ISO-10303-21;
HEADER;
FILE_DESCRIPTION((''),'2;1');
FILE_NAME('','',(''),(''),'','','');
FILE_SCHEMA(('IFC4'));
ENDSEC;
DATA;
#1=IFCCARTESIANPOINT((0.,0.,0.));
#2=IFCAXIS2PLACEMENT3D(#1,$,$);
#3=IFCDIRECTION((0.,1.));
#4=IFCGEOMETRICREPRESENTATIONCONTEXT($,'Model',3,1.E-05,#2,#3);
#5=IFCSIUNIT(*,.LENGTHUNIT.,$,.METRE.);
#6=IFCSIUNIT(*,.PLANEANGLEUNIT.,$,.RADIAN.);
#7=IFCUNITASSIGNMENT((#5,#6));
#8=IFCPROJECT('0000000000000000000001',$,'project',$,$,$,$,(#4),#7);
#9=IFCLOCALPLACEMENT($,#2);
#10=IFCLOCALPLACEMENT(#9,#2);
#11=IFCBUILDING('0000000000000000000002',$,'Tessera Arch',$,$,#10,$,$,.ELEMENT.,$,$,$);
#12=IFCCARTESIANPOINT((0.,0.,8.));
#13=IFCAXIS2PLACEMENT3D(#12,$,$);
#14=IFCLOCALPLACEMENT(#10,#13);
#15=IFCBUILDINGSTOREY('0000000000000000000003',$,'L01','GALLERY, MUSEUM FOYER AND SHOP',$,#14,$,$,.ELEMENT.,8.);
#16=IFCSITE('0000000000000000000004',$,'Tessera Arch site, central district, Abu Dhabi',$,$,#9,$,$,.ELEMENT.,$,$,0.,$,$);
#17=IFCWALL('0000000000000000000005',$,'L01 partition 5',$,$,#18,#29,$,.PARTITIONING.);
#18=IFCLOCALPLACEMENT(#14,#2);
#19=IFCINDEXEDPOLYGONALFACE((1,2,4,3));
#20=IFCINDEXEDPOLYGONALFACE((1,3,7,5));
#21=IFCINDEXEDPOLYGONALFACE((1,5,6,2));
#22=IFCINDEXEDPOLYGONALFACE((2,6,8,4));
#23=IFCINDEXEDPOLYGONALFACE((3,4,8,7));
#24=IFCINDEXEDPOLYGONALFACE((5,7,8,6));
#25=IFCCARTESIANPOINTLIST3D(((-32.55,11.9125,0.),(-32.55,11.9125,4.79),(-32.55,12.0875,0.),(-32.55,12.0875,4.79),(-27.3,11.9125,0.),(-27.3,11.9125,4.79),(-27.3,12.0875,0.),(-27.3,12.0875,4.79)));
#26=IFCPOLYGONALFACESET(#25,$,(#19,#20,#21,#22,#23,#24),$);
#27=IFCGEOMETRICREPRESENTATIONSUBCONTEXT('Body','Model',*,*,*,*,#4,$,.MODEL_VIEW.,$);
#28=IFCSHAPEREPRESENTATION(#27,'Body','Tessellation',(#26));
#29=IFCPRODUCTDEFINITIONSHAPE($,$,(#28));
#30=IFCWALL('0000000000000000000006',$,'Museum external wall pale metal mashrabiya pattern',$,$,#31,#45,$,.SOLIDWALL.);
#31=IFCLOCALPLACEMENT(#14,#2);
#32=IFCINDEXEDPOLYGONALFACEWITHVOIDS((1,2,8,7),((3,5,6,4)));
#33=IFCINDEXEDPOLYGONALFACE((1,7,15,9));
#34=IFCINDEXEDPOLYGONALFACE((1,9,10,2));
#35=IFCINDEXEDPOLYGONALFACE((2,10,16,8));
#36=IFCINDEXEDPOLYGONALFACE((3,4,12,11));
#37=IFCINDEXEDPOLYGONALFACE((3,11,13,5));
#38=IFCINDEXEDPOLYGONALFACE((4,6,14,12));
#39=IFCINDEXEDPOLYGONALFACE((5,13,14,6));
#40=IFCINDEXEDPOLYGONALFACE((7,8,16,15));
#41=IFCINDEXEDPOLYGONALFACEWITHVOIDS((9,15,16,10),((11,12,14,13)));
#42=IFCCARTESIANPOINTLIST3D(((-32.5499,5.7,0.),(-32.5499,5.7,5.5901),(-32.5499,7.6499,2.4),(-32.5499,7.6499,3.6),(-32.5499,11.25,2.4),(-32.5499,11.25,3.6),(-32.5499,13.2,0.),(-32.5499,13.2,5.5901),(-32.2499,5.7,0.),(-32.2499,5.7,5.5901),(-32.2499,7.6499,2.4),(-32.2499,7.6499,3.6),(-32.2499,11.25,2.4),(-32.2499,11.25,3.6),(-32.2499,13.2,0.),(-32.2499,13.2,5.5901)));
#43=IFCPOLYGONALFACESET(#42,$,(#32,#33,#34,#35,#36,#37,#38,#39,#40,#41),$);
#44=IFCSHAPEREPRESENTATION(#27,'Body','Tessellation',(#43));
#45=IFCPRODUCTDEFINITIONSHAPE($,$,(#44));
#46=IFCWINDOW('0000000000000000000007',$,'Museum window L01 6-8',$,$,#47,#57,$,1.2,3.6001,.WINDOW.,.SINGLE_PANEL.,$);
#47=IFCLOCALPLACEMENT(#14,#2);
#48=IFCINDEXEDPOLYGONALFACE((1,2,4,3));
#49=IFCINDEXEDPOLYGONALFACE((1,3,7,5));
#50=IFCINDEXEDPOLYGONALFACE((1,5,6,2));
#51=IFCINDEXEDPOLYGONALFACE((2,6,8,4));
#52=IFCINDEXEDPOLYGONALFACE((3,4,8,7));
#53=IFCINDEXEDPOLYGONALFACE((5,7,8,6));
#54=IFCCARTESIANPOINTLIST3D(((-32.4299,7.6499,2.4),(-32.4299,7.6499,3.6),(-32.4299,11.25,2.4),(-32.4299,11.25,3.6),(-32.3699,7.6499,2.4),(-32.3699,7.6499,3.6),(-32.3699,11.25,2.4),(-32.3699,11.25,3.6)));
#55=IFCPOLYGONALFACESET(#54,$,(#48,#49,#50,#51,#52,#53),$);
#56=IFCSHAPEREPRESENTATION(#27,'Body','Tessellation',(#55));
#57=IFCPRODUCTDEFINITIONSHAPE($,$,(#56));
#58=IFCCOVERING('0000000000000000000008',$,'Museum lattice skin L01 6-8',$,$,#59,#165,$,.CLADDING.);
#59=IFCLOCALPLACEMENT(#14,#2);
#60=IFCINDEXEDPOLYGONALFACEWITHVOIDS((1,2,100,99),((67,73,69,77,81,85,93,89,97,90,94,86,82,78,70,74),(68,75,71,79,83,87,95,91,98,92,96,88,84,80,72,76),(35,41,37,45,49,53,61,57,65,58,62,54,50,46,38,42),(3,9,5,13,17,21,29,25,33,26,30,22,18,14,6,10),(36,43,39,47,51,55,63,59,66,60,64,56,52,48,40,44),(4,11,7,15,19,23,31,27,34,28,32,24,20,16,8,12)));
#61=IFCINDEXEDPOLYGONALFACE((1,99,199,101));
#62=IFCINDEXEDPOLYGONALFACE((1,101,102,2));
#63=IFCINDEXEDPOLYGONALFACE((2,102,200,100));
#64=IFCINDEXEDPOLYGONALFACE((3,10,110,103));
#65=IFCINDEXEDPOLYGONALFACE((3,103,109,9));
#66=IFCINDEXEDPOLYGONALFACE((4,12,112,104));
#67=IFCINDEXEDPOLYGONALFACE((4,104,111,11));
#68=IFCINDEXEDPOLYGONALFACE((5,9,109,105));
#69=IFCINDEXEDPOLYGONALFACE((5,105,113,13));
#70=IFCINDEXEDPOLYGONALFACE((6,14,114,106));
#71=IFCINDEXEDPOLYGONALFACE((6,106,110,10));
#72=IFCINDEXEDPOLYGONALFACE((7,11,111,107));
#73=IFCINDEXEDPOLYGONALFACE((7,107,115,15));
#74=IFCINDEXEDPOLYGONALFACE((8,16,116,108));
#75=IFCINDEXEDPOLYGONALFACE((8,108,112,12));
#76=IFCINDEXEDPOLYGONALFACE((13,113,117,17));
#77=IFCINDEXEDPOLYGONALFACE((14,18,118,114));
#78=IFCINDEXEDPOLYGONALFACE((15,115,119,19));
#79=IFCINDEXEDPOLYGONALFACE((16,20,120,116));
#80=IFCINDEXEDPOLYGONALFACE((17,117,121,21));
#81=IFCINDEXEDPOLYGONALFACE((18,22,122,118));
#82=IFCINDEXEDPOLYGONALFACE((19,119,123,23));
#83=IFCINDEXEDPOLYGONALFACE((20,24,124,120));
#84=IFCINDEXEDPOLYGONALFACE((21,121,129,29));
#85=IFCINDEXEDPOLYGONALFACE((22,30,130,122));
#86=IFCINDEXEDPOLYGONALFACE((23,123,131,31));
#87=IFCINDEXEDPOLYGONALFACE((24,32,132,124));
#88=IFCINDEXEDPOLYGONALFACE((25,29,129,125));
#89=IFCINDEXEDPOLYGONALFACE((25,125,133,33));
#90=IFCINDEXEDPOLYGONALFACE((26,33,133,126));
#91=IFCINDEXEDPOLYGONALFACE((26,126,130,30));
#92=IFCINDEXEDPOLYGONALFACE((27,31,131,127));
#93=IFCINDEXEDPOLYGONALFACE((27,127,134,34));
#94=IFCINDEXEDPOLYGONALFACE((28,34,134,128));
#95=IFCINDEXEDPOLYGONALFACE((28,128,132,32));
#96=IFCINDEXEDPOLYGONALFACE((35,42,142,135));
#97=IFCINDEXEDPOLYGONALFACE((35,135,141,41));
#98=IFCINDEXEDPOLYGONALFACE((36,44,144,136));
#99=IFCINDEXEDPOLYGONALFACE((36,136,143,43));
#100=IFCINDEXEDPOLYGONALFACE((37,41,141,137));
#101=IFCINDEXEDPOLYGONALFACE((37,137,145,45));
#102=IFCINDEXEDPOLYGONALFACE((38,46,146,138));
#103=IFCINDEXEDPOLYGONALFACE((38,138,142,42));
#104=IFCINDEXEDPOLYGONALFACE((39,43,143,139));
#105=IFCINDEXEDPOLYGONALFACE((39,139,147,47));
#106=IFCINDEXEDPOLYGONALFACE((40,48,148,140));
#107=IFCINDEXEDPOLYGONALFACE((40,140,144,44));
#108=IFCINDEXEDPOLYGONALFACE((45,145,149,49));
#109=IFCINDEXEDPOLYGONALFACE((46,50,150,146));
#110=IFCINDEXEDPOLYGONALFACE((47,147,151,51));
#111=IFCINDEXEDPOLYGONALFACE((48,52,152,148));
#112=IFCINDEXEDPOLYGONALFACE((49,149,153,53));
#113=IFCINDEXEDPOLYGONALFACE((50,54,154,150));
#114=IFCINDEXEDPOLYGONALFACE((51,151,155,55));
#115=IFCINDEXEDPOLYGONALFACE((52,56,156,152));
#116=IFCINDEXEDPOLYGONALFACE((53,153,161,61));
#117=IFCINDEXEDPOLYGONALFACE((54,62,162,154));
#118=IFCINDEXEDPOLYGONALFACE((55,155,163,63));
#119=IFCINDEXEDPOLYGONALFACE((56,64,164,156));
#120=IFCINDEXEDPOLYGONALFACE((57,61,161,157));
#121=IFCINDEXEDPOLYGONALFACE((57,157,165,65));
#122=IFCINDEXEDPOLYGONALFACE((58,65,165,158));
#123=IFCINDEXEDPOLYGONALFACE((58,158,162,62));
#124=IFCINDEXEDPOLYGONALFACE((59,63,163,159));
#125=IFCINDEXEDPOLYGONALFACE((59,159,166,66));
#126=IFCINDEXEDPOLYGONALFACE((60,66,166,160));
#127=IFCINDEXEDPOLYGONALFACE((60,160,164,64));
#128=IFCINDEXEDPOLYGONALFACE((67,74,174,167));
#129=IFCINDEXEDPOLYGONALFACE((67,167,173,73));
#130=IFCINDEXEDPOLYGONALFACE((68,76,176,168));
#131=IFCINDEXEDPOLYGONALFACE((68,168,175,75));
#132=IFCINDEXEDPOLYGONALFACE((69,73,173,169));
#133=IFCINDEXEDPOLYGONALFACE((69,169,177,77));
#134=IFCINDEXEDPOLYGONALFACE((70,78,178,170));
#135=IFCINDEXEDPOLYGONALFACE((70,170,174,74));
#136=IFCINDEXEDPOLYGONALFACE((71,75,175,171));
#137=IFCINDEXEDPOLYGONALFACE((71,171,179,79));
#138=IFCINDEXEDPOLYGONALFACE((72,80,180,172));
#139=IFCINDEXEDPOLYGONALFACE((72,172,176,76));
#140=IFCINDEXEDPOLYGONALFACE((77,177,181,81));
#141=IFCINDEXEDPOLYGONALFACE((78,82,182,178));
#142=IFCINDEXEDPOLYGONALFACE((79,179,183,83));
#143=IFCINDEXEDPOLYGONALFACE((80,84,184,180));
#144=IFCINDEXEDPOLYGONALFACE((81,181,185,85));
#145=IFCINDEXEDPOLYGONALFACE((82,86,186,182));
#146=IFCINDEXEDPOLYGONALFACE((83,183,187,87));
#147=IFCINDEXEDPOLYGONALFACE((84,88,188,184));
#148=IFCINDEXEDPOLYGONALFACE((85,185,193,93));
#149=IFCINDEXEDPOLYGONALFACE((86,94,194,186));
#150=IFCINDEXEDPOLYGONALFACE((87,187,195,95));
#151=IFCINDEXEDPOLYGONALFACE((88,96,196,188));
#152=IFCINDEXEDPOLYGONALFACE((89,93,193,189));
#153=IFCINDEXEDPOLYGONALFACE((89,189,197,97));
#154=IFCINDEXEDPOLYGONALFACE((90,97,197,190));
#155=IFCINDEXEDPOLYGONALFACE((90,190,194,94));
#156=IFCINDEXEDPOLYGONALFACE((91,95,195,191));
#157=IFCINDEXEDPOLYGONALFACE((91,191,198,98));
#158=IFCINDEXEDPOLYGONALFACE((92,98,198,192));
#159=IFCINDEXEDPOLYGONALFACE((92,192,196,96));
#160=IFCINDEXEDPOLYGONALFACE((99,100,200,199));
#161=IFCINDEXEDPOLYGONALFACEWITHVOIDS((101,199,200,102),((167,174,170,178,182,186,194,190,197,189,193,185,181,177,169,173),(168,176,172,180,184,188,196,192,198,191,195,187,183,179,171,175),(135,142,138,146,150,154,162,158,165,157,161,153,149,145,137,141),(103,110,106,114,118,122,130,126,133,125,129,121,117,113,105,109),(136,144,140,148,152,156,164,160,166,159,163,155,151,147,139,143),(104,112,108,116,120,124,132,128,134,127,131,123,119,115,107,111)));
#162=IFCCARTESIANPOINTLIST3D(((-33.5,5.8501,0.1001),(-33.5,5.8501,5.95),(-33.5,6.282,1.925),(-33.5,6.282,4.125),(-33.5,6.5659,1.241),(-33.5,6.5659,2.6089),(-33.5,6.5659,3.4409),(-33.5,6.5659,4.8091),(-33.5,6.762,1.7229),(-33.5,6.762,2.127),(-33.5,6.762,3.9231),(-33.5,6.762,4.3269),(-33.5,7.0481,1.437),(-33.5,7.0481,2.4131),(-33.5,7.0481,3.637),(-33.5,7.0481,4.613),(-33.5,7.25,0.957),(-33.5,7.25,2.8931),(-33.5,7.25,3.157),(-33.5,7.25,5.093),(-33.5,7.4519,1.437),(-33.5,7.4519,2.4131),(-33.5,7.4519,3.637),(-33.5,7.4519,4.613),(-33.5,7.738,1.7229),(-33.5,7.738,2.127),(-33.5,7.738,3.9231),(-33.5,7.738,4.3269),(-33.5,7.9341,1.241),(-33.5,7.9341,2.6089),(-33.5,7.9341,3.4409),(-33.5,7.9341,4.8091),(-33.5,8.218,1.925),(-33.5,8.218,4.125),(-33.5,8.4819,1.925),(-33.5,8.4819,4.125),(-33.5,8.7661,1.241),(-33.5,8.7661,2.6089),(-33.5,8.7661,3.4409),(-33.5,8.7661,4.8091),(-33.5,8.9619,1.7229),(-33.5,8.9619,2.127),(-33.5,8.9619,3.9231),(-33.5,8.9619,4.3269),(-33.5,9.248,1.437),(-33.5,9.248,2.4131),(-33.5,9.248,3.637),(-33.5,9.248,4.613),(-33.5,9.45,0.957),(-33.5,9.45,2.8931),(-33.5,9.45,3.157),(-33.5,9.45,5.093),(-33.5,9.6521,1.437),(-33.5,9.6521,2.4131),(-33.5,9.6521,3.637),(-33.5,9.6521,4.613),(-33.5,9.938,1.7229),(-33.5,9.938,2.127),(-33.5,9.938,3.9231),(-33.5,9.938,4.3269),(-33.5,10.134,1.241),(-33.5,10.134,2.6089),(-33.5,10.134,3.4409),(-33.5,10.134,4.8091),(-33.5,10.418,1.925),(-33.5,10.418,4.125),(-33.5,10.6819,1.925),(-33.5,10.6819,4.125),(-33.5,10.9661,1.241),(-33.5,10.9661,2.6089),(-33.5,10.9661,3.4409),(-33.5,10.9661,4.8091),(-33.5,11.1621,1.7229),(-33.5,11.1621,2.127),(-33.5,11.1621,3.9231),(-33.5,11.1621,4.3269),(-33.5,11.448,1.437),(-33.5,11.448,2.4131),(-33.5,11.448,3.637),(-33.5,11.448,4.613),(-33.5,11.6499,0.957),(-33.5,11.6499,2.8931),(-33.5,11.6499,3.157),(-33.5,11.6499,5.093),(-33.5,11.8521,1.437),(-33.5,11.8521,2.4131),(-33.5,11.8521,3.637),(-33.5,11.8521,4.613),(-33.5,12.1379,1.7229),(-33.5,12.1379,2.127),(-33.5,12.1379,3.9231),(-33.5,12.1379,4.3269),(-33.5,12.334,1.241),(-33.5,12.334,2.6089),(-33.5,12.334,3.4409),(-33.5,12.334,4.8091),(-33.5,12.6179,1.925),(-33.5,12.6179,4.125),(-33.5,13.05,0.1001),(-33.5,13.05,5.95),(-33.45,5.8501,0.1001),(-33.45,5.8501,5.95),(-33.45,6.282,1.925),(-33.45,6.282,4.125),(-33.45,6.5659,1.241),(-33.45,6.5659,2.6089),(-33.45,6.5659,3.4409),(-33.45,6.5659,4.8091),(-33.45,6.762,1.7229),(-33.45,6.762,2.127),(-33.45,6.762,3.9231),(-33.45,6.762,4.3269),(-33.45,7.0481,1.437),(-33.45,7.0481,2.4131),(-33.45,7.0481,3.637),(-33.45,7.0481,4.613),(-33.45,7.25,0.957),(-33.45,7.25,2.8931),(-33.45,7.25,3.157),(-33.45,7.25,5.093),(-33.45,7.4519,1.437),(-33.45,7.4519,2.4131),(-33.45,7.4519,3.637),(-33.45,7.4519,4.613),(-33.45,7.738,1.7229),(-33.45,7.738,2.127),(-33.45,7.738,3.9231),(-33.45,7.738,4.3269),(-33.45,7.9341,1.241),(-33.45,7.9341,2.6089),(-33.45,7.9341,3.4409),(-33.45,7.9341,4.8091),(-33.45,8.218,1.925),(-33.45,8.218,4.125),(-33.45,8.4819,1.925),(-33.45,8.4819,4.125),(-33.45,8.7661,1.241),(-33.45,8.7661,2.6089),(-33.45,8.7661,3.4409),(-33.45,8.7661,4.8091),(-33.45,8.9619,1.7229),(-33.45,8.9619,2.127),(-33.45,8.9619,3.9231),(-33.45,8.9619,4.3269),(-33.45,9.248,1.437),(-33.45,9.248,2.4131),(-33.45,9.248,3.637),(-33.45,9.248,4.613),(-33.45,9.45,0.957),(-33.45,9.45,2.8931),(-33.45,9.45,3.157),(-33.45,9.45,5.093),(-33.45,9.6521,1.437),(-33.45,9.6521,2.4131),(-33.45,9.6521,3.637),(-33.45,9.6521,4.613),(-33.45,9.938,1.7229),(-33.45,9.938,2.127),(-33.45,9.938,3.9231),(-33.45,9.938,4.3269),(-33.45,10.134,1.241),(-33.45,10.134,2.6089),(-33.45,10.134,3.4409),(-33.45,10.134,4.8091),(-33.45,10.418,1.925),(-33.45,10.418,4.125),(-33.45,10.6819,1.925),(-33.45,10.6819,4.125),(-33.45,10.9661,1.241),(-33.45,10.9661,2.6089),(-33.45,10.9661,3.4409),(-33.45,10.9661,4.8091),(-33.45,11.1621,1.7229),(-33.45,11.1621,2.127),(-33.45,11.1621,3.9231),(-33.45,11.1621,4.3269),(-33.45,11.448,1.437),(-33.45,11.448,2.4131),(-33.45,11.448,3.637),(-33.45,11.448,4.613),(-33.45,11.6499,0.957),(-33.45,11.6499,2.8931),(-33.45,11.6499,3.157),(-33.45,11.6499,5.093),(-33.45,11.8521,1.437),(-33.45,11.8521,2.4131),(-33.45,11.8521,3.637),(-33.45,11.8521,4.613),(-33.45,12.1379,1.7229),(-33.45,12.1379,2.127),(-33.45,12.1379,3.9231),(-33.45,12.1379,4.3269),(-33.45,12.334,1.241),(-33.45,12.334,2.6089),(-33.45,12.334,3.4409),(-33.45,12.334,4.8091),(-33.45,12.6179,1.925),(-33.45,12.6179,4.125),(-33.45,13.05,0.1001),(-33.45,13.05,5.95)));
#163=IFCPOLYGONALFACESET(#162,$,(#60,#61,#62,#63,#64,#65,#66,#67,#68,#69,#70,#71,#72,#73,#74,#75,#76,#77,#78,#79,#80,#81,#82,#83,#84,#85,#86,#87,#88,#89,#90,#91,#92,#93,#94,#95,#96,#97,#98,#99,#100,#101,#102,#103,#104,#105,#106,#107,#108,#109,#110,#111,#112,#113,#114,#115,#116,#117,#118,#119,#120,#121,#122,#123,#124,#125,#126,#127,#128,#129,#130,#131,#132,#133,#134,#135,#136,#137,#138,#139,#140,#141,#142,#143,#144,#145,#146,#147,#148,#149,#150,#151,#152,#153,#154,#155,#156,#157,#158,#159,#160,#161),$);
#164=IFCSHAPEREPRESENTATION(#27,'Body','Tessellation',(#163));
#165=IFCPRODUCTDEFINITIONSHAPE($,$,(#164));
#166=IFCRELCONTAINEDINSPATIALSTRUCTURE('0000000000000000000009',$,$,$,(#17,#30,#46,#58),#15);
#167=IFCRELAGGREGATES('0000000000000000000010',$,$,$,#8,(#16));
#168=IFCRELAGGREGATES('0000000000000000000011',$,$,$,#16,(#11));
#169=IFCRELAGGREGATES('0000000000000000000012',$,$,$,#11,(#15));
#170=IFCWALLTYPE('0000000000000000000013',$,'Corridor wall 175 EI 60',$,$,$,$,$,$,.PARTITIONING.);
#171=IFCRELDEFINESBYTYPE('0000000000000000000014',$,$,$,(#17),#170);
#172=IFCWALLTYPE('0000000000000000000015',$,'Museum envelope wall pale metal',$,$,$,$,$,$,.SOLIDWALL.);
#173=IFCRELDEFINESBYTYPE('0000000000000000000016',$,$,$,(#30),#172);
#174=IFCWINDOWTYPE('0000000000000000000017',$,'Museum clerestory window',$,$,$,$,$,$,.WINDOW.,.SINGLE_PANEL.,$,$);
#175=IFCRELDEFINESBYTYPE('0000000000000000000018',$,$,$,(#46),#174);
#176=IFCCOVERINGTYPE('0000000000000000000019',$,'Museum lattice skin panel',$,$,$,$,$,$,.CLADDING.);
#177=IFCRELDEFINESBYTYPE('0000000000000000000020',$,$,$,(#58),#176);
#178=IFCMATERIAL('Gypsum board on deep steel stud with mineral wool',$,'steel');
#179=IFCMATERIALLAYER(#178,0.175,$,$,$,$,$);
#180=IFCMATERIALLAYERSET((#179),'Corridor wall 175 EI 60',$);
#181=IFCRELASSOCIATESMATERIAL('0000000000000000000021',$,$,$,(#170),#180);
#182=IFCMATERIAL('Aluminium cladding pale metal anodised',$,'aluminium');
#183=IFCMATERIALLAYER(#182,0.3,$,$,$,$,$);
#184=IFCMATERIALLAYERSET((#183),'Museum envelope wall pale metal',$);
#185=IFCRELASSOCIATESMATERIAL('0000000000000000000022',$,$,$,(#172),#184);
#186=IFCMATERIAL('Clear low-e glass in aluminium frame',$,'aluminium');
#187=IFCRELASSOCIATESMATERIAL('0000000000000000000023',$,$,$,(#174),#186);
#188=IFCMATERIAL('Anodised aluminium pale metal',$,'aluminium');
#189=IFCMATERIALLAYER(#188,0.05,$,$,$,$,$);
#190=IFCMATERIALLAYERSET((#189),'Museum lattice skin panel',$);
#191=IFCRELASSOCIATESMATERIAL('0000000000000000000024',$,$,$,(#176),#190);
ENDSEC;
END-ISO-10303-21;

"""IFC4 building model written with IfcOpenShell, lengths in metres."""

from ifc_helpers import new_model, si_unit, direction, frame, frame_2d, origin, place, context, subcontext, project, spatial, polyline, rectangle, outline, extrude, material, layer, layer_set, type_object, element, fill, save


model = new_model("IFC4")

# Units and contexts
model_context = context("Model", 3, precision=1e-05, world=origin(), true_north=direction((0.0, 1.0)))
body_context = subcontext(model_context, "Body", "Model", "MODEL_VIEW")
ifc_project = project(units=[si_unit("LENGTHUNIT", "METRE"), si_unit("PLANEANGLEUNIT", "RADIAN")], contexts=[model_context])

# Site, building, storey
site_placement = place(None, origin())
site = spatial("IfcSite", under=ifc_project, at=site_placement, Name="Tessera Arch site, central district, Abu Dhabi", CompositionType="ELEMENT", RefElevation=0.0)
building_placement = place(site_placement, origin())
building = spatial("IfcBuilding", under=site, at=building_placement, Name="Tessera Arch", CompositionType="ELEMENT")
storey_placement = place(building_placement, frame((0.0, 0.0, 8.0)))
storey = spatial("IfcBuildingStorey", under=building, at=storey_placement, Name="L01", Description="GALLERY, MUSEUM FOYER AND SHOP", CompositionType="ELEMENT", Elevation=8.0)

# Wall
ifc_material_1 = material(Name="Gypsum board on deep steel stud with mineral wool", Category="steel")
ifc_layer_1 = layer(ifc_material_1, 0.175)
ifc_layer_set_1 = layer_set([ifc_layer_1], Name="Corridor wall 175 EI 60")
wall_type_1 = type_object("IfcWallType", Name="Corridor wall 175 EI 60", PredefinedType="PARTITIONING", material=ifc_layer_set_1)
wall_1_placement = place(storey_placement, frame((-32.55, 12.0, 0.0), z_axis=(0.0, 0.0, 1.0), x_axis=(1.0, 0.0, 0.0)))
element("IfcWall", 1, at=wall_1_placement, inside=storey, type_object=wall_type_1, Name="L01 partition 5", PredefinedType="PARTITIONING", context=body_context, shape_type="SweptSolid", body=[
    extrude(rectangle(XDim=5.25, YDim=0.175, at=frame_2d((2.625, 0.0))), origin(), (0.0, 0.0, 1.0), 4.79),
])

# Wall, opening, window
ifc_material_2 = material(Name="Aluminium cladding pale metal anodised", Category="aluminium")
ifc_layer_2 = layer(ifc_material_2, 0.3)
ifc_layer_set_2 = layer_set([ifc_layer_2], Name="Museum envelope wall pale metal")
wall_type_2 = type_object("IfcWallType", Name="Museum envelope wall pale metal", PredefinedType="SOLIDWALL", material=ifc_layer_set_2)
wall_2_placement = place(storey_placement, frame((-32.3999, 13.2, 0.0), z_axis=(0.0, 0.0, 1.0), x_axis=(0.0, -1.0, 0.0)))
wall_2 = element("IfcWall", 2, at=wall_2_placement, inside=storey, type_object=wall_type_2, Name="Museum external wall pale metal mashrabiya pattern", PredefinedType="SOLIDWALL", context=body_context, shape_type="SweptSolid", body=[
    extrude(rectangle(XDim=7.5, YDim=0.3, at=frame_2d((3.75, 0.0))), origin(), (0.0, 0.0, 1.0), 5.5901),
])
opening_placement = place(wall_2_placement, frame((1.95, 0.0, 2.3999)))
opening = element("IfcOpeningElement", 3, at=opening_placement, cuts=wall_2, PredefinedType="OPENING", context=body_context, shape_type="SweptSolid", body=[
    extrude(rectangle(XDim=3.6001, YDim=1.2, at=frame_2d((1.8, 0.6001))), frame((0.0, 0.1599, 0.0), z_axis=(0.0, -1.0, 0.0), x_axis=(1.0, 0.0, 0.0)), (0.0, 0.0, 1.0), 0.3201),
])
ifc_material_3 = material(Name="Clear low-e glass in aluminium frame", Category="aluminium")
window_type = type_object("IfcWindowType", Name="Museum clerestory window", PartitioningType="SINGLE_PANEL", PredefinedType="WINDOW", material=ifc_material_3)
window_placement = place(opening_placement, origin())
window = element("IfcWindow", 4, at=window_placement, inside=storey, type_object=window_type, Name="Museum window L01 6-8", OverallHeight=1.2, OverallWidth=3.6001, PartitioningType="SINGLE_PANEL", PredefinedType="WINDOW", context=body_context, shape_type="SweptSolid", body=[
    extrude(rectangle(XDim=3.6001, YDim=1.2, at=frame_2d((1.8, 0.6001))), frame((0.0, 0.03, 0.0), z_axis=(0.0, -1.0, 0.0), x_axis=(1.0, 0.0, 0.0)), (0.0, 0.0, 1.0), 0.0601),
])
fill(opening, window)

# Covering
ifc_material_4 = material(Name="Anodised aluminium pale metal", Category="aluminium")
ifc_layer_3 = layer(ifc_material_4, 0.05)
ifc_layer_set_3 = layer_set([ifc_layer_3], Name="Museum lattice skin panel")
covering_type_1 = type_object("IfcCoveringType", Name="Museum lattice skin panel", PredefinedType="CLADDING", material=ifc_layer_set_3)
covering_1_placement = place(storey_placement, frame((-33.45, 13.05, 5.95), z_axis=(1.0, 0.0, 0.0), x_axis=(0.0, -1.0, 0.0)))
element("IfcCovering", 5, at=covering_1_placement, inside=storey, type_object=covering_type_1, Name="Museum lattice skin L01 6-8", PredefinedType="CLADDING", context=body_context, shape_type="SweptSolid", body=[
    extrude(outline(polyline([(0.0, 0.0), (7.2, 0.0), (7.2, 5.8499), (0.0, 5.8499), (0.0, 0.0)]), holes=[polyline([(2.3682, 4.0249), (1.8879, 3.823), (2.084, 3.3411), (1.6021, 3.5369), (1.4001, 3.0569), (1.198, 3.5369), (0.7161, 3.3411), (0.9121, 3.823), (0.4321, 4.0249), (0.9121, 4.2271), (0.7161, 4.709), (1.198, 4.5129), (1.4001, 4.9929), (1.6021, 4.5129), (2.084, 4.709), (1.8879, 4.2271), (2.3682, 4.0249)]), polyline([(2.3682, 1.825), (1.8879, 1.623), (2.084, 1.1409), (1.6021, 1.3369), (1.4001, 0.8569), (1.198, 1.3369), (0.7161, 1.1409), (0.9121, 1.623), (0.4321, 1.825), (0.9121, 2.0269), (0.7161, 2.509), (1.198, 2.313), (1.4001, 2.793), (1.6021, 2.313), (2.084, 2.509), (1.8879, 2.0269), (2.3682, 1.825)]), polyline([(4.5681, 4.0249), (4.0881, 3.823), (4.2839, 3.3411), (3.802, 3.5369), (3.6001, 3.0569), (3.3979, 3.5369), (2.916, 3.3411), (3.1121, 3.823), (2.6321, 4.0249), (3.1121, 4.2271), (2.916, 4.709), (3.3979, 4.5129), (3.6001, 4.9929), (3.802, 4.5129), (4.2839, 4.709), (4.0881, 4.2271), (4.5681, 4.0249)]), polyline([(4.5681, 1.825), (4.0881, 1.623), (4.2839, 1.1409), (3.802, 1.3369), (3.6001, 0.8569), (3.3979, 1.3369), (2.916, 1.1409), (3.1121, 1.623), (2.6321, 1.825), (3.1121, 2.0269), (2.916, 2.509), (3.3979, 2.313), (3.6001, 2.793), (3.802, 2.313), (4.2839, 2.509), (4.0881, 2.0269), (4.5681, 1.825)]), polyline([(6.7681, 4.0249), (6.2881, 3.823), (6.4841, 3.3411), (6.002, 3.5369), (5.8, 3.0569), (5.5981, 3.5369), (5.116, 3.3411), (5.312, 3.823), (4.832, 4.0249), (5.312, 4.2271), (5.116, 4.709), (5.5981, 4.5129), (5.8, 4.9929), (6.002, 4.5129), (6.4841, 4.709), (6.2881, 4.2271), (6.7681, 4.0249)]), polyline([(6.7681, 1.825), (6.2881, 1.623), (6.4841, 1.1409), (6.002, 1.3369), (5.8, 0.8569), (5.5981, 1.3369), (5.116, 1.1409), (5.312, 1.623), (4.832, 1.825), (5.312, 2.0269), (5.116, 2.509), (5.5981, 2.313), (5.8, 2.793), (6.002, 2.313), (6.4841, 2.509), (6.2881, 2.0269), (6.7681, 1.825)])]), origin(), (0.0, 0.0, -1.0), 0.05),
])

save(model, "model.ifc")
